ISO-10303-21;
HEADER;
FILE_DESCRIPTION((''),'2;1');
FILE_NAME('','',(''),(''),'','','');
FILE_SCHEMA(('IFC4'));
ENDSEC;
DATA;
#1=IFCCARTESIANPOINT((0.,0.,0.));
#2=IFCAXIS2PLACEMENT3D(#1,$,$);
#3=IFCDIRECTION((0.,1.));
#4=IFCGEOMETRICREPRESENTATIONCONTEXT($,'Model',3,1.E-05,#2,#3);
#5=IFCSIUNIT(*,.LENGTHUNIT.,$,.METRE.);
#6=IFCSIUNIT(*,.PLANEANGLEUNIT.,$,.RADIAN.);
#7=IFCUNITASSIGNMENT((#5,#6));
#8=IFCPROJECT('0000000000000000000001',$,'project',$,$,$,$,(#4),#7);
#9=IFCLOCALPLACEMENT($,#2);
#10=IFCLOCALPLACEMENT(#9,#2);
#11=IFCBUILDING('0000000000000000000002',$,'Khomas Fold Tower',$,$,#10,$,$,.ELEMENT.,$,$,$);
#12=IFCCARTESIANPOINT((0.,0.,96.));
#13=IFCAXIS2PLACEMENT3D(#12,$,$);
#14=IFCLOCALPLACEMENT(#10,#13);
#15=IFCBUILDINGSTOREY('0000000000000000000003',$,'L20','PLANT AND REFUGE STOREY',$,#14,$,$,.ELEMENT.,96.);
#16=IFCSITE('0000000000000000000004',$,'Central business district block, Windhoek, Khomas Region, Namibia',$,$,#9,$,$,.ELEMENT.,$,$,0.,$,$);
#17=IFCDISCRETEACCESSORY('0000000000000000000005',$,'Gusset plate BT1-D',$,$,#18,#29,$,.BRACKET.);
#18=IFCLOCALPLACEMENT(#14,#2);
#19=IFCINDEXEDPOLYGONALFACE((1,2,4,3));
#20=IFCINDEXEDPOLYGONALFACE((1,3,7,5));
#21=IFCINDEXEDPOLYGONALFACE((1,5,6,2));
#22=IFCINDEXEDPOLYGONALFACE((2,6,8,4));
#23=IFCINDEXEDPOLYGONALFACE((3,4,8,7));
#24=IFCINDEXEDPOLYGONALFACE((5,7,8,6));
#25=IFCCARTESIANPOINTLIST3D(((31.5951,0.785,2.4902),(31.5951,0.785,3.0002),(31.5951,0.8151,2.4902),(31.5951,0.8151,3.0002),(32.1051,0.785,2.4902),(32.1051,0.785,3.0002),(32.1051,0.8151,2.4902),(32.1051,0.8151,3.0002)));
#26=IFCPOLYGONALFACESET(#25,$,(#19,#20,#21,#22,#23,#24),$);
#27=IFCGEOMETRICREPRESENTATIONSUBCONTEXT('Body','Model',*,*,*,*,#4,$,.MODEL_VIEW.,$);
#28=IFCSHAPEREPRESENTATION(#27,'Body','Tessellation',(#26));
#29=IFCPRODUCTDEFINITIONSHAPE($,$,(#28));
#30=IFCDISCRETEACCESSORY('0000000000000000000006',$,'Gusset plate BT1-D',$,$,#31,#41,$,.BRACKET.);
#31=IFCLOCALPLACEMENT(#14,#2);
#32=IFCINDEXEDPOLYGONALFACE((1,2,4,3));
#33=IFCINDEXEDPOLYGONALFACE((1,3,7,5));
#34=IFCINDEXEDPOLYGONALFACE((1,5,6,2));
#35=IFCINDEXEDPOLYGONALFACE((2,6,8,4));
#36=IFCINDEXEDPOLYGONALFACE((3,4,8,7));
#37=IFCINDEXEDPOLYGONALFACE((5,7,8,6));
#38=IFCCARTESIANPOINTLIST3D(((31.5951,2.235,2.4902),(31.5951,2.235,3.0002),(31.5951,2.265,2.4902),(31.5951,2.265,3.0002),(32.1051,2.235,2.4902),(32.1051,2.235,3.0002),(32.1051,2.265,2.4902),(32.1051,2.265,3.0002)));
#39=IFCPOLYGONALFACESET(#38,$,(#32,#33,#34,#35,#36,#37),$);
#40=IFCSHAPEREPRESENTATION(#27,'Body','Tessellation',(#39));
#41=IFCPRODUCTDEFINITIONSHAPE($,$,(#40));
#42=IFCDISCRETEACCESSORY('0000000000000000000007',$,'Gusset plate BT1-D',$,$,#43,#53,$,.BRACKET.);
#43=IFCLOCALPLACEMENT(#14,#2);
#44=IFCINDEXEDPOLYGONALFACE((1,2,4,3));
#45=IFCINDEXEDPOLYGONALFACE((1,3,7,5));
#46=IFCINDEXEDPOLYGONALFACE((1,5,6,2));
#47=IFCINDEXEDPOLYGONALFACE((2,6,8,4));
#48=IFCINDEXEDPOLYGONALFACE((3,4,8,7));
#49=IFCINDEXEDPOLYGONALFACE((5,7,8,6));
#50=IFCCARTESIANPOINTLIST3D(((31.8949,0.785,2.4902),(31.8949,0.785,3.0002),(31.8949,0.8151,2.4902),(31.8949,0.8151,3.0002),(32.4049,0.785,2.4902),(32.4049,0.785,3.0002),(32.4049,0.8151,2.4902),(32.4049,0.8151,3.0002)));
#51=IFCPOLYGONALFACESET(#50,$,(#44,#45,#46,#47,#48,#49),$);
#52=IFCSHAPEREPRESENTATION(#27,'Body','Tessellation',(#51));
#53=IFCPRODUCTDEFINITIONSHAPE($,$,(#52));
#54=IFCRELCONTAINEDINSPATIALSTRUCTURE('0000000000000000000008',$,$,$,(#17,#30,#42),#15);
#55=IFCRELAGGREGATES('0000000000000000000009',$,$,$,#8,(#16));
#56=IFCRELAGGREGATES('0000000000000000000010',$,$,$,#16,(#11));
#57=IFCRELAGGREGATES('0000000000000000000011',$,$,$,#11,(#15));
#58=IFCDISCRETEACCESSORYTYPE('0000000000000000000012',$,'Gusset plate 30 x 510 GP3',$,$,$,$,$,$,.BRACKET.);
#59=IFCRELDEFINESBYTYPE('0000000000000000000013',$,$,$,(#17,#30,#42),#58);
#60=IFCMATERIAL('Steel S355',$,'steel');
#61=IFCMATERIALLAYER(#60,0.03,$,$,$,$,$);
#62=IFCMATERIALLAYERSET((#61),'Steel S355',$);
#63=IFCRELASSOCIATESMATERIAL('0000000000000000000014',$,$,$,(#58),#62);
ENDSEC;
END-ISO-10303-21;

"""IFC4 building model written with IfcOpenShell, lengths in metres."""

from ifc_helpers import new_model, si_unit, direction, frame, origin, origin_2d, place, context, subcontext, project, spatial, rectangle, extrude, source, transform, mapped, material, layer, layer_set, type_object, element, save


model = new_model("IFC4")

# Units and contexts
model_context = context("Model", 3, precision=1e-05, world=origin(), true_north=direction((0.0, 1.0)))
body_context = subcontext(model_context, "Body", "Model", "MODEL_VIEW")
ifc_project = project(units=[si_unit("LENGTHUNIT", "METRE"), si_unit("PLANEANGLEUNIT", "RADIAN")], contexts=[model_context])

# Site, building, storey
site_placement = place(None, origin())
site = spatial("IfcSite", under=ifc_project, at=site_placement, Name="Central business district block, Windhoek, Khomas Region, Namibia", CompositionType="ELEMENT", RefElevation=0.0)
building_placement = place(site_placement, origin())
building = spatial("IfcBuilding", under=site, at=building_placement, Name="Khomas Fold Tower", CompositionType="ELEMENT")
storey_placement = place(building_placement, frame((0.0, 0.0, 96.0)))
storey = spatial("IfcBuildingStorey", under=building, at=storey_placement, Name="L20", Description="PLANT AND REFUGE STOREY", CompositionType="ELEMENT", Elevation=96.0)

# Discrete accessories
ifc_material_1 = material(Name="Steel S355", Category="steel")
ifc_layer_1 = layer(ifc_material_1, 0.03)
ifc_layer_set_1 = layer_set([ifc_layer_1], Name="Steel S355")
discrete_accessory_type = type_object("IfcDiscreteAccessoryType", Name="Gusset plate 30 x 510 GP3", PredefinedType="BRACKET", material=ifc_layer_set_1)
shared_shape_1 = source(origin(), body_context, "Body", "SweptSolid", [
    extrude(rectangle(XDim=0.51, YDim=0.03, at=origin_2d()), origin(), (0.0, 0.0, 1.0), 0.51),
])
for number, where, z_axis, x_axis, name in (
    (1, (31.8501, 0.8, 2.4902), (0.0, 0.0, 1.0), (1.0, 0.0, 0.0), "Gusset plate BT1-D"),
    (2, (31.8501, 2.25, 2.4902), (0.0, 0.0, 1.0), (1.0, 0.0, 0.0), "Gusset plate BT1-D"),
    (3, (32.1499, 0.8, 2.4902), (0.0, 0.0, 1.0), (1.0, 0.0, 0.0), "Gusset plate BT1-D"),
):
    element("IfcDiscreteAccessory", number, at=place(storey_placement, frame(where, z_axis=z_axis, x_axis=x_axis)), inside=storey, type_object=discrete_accessory_type, Name=name, PredefinedType="BRACKET", context=body_context, shape_type="MappedRepresentation", body=[
        mapped(shared_shape_1, transform((0.0, 0.0, 0.0))),
    ])

save(model, "model.ifc")
